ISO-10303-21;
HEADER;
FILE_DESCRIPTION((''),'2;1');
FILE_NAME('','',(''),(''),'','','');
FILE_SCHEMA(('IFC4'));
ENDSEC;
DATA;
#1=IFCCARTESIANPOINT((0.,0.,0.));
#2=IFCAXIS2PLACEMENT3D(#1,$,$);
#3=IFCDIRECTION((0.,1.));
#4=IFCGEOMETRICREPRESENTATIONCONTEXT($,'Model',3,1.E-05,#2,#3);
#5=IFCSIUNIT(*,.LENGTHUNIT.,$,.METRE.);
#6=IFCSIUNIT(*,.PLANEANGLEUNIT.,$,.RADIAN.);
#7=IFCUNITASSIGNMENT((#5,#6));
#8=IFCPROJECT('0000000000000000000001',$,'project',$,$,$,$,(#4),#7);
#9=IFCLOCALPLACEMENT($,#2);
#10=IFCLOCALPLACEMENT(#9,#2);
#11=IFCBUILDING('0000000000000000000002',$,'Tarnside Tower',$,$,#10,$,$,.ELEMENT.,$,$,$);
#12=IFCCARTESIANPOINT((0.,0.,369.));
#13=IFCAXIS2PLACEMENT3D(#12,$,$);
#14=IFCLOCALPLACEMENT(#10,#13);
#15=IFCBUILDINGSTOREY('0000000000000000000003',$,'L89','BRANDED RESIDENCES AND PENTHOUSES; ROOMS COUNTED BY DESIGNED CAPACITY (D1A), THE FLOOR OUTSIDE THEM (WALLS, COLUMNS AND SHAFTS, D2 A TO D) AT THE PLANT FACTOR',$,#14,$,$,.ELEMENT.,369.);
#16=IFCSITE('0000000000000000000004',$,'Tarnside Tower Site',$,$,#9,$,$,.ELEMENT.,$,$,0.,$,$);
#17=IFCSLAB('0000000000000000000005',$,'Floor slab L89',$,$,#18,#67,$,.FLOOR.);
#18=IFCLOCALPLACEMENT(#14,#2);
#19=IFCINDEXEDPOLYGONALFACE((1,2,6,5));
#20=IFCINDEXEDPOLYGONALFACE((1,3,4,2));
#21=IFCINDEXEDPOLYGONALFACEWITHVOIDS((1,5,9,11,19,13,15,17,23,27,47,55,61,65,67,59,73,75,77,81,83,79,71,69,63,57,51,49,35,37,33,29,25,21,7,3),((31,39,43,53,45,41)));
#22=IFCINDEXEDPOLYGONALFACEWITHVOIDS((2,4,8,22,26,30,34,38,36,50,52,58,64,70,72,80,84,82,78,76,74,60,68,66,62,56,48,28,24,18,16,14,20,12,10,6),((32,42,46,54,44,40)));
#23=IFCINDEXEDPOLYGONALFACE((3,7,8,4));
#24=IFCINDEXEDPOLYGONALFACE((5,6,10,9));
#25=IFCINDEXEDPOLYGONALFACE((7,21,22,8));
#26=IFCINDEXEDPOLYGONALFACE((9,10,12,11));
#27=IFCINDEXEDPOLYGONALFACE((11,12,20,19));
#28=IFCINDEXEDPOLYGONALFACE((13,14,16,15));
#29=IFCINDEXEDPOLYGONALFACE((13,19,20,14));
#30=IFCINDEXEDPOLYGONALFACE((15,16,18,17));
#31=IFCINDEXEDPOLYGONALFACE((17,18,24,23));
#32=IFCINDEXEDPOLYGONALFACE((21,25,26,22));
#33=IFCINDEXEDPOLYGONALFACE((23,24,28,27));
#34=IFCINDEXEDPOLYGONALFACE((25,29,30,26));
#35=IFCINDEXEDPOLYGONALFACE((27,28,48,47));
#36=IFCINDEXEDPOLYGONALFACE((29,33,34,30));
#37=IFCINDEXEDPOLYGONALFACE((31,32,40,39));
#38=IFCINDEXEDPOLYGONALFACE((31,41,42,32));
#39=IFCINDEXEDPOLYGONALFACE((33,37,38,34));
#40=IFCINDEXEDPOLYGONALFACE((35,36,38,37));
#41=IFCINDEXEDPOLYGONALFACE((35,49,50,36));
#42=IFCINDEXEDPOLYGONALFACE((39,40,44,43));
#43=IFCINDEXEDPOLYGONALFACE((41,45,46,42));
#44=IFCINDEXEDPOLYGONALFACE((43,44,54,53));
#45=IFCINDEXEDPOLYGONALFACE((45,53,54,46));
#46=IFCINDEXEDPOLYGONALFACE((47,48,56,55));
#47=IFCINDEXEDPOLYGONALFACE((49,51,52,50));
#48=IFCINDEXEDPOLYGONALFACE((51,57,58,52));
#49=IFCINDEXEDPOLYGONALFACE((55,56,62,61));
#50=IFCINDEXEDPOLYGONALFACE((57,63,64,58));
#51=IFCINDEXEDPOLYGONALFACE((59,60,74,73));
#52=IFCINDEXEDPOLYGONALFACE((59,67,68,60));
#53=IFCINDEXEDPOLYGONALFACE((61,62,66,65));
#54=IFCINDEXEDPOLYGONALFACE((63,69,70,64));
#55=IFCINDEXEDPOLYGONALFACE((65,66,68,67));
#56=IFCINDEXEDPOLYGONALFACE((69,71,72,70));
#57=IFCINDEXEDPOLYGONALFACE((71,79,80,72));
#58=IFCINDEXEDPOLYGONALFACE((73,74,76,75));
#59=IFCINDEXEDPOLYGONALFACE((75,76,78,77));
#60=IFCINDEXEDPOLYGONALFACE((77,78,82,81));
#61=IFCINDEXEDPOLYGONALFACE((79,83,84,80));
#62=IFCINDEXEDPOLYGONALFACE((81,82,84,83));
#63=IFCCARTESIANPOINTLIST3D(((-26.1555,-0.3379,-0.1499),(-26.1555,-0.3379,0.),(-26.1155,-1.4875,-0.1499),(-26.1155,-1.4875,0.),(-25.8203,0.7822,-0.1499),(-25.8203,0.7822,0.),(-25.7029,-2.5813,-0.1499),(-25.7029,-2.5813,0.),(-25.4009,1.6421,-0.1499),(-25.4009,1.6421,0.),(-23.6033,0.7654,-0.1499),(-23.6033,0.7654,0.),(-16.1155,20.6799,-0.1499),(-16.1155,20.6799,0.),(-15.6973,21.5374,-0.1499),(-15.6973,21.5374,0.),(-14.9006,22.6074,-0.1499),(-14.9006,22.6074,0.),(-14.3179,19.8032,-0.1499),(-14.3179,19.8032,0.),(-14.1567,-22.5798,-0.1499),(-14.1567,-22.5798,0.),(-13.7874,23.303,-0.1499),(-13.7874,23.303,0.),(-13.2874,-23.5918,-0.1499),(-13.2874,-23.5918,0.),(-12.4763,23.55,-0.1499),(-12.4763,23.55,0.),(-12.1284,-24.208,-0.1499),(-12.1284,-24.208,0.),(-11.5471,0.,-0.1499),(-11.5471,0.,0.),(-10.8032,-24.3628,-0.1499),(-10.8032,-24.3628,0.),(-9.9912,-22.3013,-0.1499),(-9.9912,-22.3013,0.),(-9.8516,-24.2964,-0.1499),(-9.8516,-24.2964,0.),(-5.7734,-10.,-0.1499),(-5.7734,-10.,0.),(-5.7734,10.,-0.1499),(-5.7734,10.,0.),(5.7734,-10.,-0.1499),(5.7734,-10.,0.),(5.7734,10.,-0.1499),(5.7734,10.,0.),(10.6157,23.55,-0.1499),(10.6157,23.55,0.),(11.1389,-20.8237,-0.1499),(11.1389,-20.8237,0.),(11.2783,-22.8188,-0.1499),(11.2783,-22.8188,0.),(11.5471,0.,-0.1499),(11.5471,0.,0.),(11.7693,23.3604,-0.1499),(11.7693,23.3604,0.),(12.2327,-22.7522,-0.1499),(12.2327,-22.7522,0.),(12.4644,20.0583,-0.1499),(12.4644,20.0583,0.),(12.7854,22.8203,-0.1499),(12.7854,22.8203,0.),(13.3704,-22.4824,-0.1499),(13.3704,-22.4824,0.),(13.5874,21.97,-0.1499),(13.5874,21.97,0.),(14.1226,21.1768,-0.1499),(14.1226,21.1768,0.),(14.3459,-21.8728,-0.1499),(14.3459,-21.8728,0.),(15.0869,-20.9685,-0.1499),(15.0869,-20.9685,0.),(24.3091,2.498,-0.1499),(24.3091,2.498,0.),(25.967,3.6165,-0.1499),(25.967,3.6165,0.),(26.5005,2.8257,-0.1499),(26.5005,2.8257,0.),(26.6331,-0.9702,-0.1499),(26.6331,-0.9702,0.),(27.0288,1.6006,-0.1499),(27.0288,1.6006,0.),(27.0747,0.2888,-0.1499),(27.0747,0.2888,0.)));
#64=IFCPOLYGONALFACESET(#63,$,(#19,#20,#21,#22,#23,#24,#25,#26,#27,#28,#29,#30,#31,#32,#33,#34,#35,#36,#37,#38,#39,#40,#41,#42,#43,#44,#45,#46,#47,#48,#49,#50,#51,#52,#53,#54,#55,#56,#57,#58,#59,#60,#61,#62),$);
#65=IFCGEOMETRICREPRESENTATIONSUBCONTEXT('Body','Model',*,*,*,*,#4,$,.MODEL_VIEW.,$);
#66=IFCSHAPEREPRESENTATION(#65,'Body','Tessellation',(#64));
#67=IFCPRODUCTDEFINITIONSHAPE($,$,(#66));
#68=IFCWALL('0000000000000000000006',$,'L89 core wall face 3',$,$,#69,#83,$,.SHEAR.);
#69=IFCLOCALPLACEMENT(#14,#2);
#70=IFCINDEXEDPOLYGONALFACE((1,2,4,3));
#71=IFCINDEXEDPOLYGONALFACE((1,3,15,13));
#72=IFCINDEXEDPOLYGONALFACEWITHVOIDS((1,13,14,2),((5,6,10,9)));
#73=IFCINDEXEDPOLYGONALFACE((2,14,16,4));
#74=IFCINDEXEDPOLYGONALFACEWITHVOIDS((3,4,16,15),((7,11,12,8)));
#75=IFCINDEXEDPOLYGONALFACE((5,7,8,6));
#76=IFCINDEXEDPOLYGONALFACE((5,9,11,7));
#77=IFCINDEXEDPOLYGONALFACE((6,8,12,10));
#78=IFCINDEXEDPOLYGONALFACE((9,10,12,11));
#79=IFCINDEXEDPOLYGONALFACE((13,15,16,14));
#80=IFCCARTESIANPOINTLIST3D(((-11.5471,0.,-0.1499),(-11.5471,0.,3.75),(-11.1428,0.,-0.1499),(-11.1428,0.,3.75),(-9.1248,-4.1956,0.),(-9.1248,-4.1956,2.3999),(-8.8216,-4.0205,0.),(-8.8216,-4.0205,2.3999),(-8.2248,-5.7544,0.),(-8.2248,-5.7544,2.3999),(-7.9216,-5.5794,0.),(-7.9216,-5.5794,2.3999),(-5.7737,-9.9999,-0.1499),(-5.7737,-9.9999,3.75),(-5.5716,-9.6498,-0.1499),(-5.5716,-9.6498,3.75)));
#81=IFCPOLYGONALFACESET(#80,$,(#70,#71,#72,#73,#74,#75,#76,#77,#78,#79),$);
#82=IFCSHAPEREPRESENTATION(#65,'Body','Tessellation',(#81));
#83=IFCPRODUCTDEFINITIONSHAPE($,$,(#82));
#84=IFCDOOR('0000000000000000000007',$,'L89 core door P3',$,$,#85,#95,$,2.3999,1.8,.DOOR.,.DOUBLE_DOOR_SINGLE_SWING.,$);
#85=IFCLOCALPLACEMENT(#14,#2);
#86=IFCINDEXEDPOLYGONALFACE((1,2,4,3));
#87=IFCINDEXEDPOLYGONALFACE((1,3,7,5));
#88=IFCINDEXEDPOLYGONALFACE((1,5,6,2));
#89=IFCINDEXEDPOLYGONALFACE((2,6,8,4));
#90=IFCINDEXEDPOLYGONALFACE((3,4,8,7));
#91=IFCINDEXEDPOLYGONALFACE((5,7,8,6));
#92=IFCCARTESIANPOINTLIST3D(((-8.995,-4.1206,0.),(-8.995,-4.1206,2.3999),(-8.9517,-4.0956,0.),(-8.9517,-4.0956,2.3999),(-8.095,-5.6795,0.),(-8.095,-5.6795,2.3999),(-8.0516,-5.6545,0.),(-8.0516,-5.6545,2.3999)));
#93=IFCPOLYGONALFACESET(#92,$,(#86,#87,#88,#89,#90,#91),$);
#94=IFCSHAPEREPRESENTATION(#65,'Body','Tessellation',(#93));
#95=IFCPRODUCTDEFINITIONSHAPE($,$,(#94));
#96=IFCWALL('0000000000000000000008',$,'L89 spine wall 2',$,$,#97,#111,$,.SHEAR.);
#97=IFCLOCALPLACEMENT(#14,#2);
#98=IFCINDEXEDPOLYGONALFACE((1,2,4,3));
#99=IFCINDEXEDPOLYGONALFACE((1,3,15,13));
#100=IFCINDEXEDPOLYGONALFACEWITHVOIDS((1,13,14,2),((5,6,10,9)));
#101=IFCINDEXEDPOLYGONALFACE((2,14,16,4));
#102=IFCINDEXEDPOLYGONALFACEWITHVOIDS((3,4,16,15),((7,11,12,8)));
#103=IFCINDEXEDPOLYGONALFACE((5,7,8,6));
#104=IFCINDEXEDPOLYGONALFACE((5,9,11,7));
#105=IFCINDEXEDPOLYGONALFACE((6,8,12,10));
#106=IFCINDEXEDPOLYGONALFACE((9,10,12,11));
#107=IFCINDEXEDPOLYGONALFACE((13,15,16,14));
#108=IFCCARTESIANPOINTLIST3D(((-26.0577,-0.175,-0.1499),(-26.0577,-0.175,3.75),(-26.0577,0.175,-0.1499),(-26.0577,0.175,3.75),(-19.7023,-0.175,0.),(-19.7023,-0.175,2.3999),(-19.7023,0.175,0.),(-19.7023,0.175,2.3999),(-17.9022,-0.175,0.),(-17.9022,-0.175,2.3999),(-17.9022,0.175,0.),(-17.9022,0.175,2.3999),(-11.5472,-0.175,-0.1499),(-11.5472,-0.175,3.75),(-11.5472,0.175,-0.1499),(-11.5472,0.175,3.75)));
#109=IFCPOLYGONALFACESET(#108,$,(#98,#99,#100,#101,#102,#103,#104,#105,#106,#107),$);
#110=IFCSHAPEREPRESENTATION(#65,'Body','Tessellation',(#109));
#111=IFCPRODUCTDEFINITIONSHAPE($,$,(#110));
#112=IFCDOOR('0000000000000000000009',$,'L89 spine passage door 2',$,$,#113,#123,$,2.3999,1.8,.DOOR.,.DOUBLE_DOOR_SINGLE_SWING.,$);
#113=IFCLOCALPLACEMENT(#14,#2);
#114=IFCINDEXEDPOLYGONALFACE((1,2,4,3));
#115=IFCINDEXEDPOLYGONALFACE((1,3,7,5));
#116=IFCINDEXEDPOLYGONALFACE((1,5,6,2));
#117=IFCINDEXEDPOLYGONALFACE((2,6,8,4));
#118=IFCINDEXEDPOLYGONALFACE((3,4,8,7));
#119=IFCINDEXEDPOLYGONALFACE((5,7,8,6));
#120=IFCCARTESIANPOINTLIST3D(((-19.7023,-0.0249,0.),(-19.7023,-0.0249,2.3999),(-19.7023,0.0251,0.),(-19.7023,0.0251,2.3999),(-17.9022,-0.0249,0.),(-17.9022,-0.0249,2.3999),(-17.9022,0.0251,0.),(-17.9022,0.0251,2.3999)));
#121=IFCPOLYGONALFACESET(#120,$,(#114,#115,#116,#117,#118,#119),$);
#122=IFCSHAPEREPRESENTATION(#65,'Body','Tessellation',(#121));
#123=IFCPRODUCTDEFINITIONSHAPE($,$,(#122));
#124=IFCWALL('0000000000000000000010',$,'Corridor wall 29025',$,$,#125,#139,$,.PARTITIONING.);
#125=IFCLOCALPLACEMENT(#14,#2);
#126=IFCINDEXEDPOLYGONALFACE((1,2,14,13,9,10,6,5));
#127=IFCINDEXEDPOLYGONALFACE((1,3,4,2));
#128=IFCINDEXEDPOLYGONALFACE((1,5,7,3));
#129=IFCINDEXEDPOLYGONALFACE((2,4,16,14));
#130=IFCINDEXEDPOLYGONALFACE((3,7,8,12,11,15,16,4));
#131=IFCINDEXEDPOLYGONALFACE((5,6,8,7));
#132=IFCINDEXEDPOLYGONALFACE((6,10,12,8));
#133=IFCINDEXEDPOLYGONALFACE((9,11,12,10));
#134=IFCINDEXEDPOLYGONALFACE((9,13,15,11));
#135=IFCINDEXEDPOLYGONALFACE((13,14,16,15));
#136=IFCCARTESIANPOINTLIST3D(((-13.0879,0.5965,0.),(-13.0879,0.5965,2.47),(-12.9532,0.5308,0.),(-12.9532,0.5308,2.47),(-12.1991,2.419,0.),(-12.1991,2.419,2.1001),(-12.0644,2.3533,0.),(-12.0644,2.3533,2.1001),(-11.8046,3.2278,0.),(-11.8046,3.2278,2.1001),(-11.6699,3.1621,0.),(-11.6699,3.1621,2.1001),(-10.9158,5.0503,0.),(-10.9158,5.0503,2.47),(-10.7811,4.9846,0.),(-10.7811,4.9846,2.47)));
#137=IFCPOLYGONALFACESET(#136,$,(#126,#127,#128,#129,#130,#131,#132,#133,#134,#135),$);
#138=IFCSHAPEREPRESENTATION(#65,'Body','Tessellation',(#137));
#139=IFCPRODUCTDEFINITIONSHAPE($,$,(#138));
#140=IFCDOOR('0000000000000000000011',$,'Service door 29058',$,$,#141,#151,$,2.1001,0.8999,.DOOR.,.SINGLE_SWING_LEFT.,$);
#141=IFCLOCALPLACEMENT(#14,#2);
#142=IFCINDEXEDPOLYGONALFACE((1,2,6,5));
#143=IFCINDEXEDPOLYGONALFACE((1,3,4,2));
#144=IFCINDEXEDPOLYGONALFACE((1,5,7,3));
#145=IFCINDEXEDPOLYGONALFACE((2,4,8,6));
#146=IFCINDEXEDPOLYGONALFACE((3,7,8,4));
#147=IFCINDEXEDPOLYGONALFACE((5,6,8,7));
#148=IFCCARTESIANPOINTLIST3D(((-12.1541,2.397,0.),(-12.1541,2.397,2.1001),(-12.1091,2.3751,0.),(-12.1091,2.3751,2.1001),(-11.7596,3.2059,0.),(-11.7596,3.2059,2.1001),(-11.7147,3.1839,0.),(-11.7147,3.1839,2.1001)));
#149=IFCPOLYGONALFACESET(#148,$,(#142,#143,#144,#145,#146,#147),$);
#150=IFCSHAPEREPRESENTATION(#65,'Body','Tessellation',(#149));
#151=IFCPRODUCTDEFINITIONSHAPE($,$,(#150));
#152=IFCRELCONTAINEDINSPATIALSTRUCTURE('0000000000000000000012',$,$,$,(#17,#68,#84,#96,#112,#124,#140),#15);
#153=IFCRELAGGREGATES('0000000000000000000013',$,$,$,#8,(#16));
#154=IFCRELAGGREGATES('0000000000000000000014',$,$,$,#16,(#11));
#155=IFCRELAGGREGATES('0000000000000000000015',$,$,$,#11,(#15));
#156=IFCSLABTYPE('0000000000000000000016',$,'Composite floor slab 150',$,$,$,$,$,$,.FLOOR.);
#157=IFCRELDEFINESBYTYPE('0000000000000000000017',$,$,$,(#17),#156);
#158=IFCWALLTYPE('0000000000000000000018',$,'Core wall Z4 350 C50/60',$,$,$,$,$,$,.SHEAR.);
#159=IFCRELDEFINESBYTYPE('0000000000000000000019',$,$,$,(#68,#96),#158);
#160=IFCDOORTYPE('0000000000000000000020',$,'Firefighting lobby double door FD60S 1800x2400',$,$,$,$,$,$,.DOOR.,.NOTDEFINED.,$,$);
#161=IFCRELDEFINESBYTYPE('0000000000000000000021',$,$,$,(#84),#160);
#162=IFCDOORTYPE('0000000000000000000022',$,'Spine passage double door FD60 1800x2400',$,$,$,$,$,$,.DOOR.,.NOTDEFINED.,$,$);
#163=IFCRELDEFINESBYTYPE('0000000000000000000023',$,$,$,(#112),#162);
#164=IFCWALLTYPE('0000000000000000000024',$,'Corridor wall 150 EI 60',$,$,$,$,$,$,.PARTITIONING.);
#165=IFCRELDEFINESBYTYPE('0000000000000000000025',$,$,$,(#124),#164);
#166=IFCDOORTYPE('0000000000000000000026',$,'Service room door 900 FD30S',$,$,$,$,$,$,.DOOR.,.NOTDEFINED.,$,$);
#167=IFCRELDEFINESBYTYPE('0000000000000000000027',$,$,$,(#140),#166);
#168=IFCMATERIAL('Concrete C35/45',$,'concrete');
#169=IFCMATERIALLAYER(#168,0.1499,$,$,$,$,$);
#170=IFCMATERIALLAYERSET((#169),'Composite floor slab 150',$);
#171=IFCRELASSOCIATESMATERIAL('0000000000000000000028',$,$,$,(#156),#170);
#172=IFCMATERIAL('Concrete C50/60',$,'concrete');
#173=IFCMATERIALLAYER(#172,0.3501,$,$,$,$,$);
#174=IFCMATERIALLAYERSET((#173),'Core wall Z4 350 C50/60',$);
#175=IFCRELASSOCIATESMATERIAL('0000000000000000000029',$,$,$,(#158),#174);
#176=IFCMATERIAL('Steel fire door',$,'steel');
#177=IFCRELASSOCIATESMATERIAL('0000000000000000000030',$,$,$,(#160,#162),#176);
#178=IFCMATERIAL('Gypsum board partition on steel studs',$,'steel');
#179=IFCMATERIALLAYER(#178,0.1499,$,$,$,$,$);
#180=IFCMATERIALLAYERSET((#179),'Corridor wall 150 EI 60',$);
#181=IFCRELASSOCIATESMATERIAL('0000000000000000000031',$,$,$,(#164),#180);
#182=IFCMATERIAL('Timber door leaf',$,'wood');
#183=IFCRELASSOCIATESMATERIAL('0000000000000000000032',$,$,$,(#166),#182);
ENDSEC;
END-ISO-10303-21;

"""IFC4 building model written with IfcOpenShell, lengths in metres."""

from ifc_helpers import new_model, si_unit, direction, frame, frame_2d, origin, place, context, subcontext, project, spatial, polyline, rectangle, outline, extrude, material, layer, layer_set, type_object, element, fill, save


model = new_model("IFC4")

# Units and contexts
model_context = context("Model", 3, precision=1e-05, world=origin(), true_north=direction((0.0, 1.0)))
body_context = subcontext(model_context, "Body", "Model", "MODEL_VIEW")
ifc_project = project(units=[si_unit("LENGTHUNIT", "METRE"), si_unit("PLANEANGLEUNIT", "RADIAN")], contexts=[model_context])

# Site, building, storey
site_placement = place(None, origin())
site = spatial("IfcSite", under=ifc_project, at=site_placement, Name="Tarnside Tower Site", CompositionType="ELEMENT", RefElevation=0.0)
building_placement = place(site_placement, origin())
building = spatial("IfcBuilding", under=site, at=building_placement, Name="Tarnside Tower", CompositionType="ELEMENT")
storey_placement = place(building_placement, frame((0.0, 0.0, 369.0)))
storey = spatial("IfcBuildingStorey", under=building, at=storey_placement, Name="L89", Description="BRANDED RESIDENCES AND PENTHOUSES; ROOMS COUNTED BY DESIGNED CAPACITY (D1A), THE FLOOR OUTSIDE THEM (WALLS, COLUMNS AND SHAFTS, D2 A TO D) AT THE PLANT FACTOR", CompositionType="ELEMENT", Elevation=369.0)

# Slab
ifc_material_1 = material(Name="Concrete C35/45", Category="concrete")
ifc_layer_1 = layer(ifc_material_1, 0.1499)
ifc_layer_set_1 = layer_set([ifc_layer_1], Name="Composite floor slab 150")
slab_type = type_object("IfcSlabType", Name="Composite floor slab 150", PredefinedType="FLOOR", material=ifc_layer_set_1)
slab_placement = place(storey_placement, frame((0.0, 0.0, -0.1499)))
element("IfcSlab", 1, at=slab_placement, inside=storey, type_object=slab_type, Name="Floor slab L89", PredefinedType="FLOOR", context=body_context, shape_type="SweptSolid", body=[
    extrude(outline(polyline([(11.7693, 23.3604), (12.7854, 22.8203), (13.5874, 21.97), (14.1226, 21.1768), (12.4644, 20.0583), (24.3091, 2.498), (25.967, 3.6165), (26.5005, 2.8257), (27.0288, 1.6006), (27.0747, 0.2888), (26.6331, -0.9702), (15.0869, -20.9685), (14.3459, -21.8728), (13.3704, -22.4824), (12.2327, -22.7522), (11.2783, -22.8188), (11.1389, -20.8237), (-9.9912, -22.3013), (-9.8516, -24.2964), (-10.8032, -24.3628), (-12.1284, -24.208), (-13.2874, -23.5918), (-14.1567, -22.5798), (-25.7029, -2.5813), (-26.1155, -1.4875), (-26.1555, -0.3379), (-25.8203, 0.7822), (-25.4009, 1.6421), (-23.6033, 0.7654), (-14.3179, 19.8032), (-16.1155, 20.6799), (-15.6973, 21.5374), (-14.9006, 22.6074), (-13.7874, 23.303), (-12.4763, 23.55), (10.6157, 23.55), (11.7693, 23.3604)]), holes=[polyline([(-11.5471, 0.0), (-5.7734, -10.0), (5.7734, -10.0), (11.5471, 0.0), (5.7734, 10.0), (-5.7734, 10.0), (-11.5471, 0.0)])]), origin(), (0.0, 0.0, 1.0), 0.1499),
])

# Walls, openings, doors
ifc_material_2 = material(Name="Concrete C50/60", Category="concrete")
ifc_layer_2 = layer(ifc_material_2, 0.3501)
ifc_layer_set_2 = layer_set([ifc_layer_2], Name="Core wall Z4 350 C50/60")
wall_type_1 = type_object("IfcWallType", Name="Core wall Z4 350 C50/60", PredefinedType="SHEAR", material=ifc_layer_set_2)
wall_1_placement = place(storey_placement, frame((-11.345, 0.0, -0.1499), z_axis=(0.0, 0.0, 1.0), x_axis=(0.499995, -0.866028, 0.0)))
wall_1 = element("IfcWall", 2, at=wall_1_placement, inside=storey, type_object=wall_type_1, Name="L89 core wall face 3", PredefinedType="SHEAR", context=body_context, shape_type="SweptSolid", body=[
    extrude(outline(polyline([(-0.1011, -0.175), (11.4458, -0.175), (11.2437, 0.175), (0.1011, 0.175), (-0.1011, -0.175)])), origin(), (0.0, 0.0, 1.0), 3.8999),
])
opening_1_placement = place(wall_1_placement, frame((4.7437, 0.0, 0.1499)))
opening_1 = element("IfcOpeningElement", 3, at=opening_1_placement, cuts=wall_1, PredefinedType="OPENING", context=body_context, shape_type="SweptSolid", body=[
    extrude(rectangle(XDim=1.8, YDim=2.3999, at=frame_2d((0.8999, 1.2))), frame((0.0, 0.1851, 0.0), z_axis=(0.0, -1.0, 0.0), x_axis=(1.0, 0.0, 0.0)), (0.0, 0.0, 1.0), 0.3701),
])
ifc_material_3 = material(Name="Steel fire door", Category="steel")
door_type_1 = type_object("IfcDoorType", Name="Firefighting lobby double door FD60S 1800x2400", OperationType="NOTDEFINED", PredefinedType="DOOR", material=ifc_material_3)
door_1_placement = place(opening_1_placement, origin())
door_1 = element("IfcDoor", 4, at=door_1_placement, inside=storey, type_object=door_type_1, Name="L89 core door P3", OperationType="DOUBLE_DOOR_SINGLE_SWING", OverallHeight=2.3999, OverallWidth=1.8, PredefinedType="DOOR", context=body_context, shape_type="SweptSolid", body=[
    extrude(rectangle(XDim=1.8, YDim=2.3999, at=frame_2d((0.8999, 1.2))), frame((0.0, 0.0249, 0.0), z_axis=(0.0, -1.0, 0.0), x_axis=(1.0, 0.0, 0.0)), (0.0, 0.0, 1.0), 0.05),
])
fill(opening_1, door_1)
wall_2_placement = place(storey_placement, frame((-11.5471, 0.0, -0.1499), z_axis=(0.0, 0.0, 1.0), x_axis=(-1.0, 0.0, 0.0)))
wall_2 = element("IfcWall", 5, at=wall_2_placement, inside=storey, type_object=wall_type_1, Name="L89 spine wall 2", PredefinedType="SHEAR", context=body_context, shape_type="SweptSolid", body=[
    extrude(rectangle(XDim=14.5105, YDim=0.3501, at=frame_2d((7.2554, 0.0))), origin(), (0.0, 0.0, 1.0), 3.8999),
])
opening_2_placement = place(wall_2_placement, frame((6.3552, 0.0, 0.1499)))
opening_2 = element("IfcOpeningElement", 6, at=opening_2_placement, cuts=wall_2, PredefinedType="OPENING", context=body_context, shape_type="SweptSolid", body=[
    extrude(rectangle(XDim=1.8, YDim=2.3999, at=frame_2d((0.8999, 1.2))), frame((0.0, 0.1851, 0.0), z_axis=(0.0, -1.0, 0.0), x_axis=(1.0, 0.0, 0.0)), (0.0, 0.0, 1.0), 0.3701),
])
door_type_2 = type_object("IfcDoorType", Name="Spine passage double door FD60 1800x2400", OperationType="NOTDEFINED", PredefinedType="DOOR", material=ifc_material_3)
door_2_placement = place(opening_2_placement, origin())
door_2 = element("IfcDoor", 7, at=door_2_placement, inside=storey, type_object=door_type_2, Name="L89 spine passage door 2", OperationType="DOUBLE_DOOR_SINGLE_SWING", OverallHeight=2.3999, OverallWidth=1.8, PredefinedType="DOOR", context=body_context, shape_type="SweptSolid", body=[
    extrude(rectangle(XDim=1.8, YDim=2.3999, at=frame_2d((0.8999, 1.2))), frame((0.0, 0.0249, 0.0), z_axis=(0.0, -1.0, 0.0), x_axis=(1.0, 0.0, 0.0)), (0.0, 0.0, 1.0), 0.05),
])
fill(opening_2, door_2)
ifc_material_4 = material(Name="Gypsum board partition on steel studs", Category="steel")
ifc_layer_3 = layer(ifc_material_4, 0.1499)
ifc_layer_set_3 = layer_set([ifc_layer_3], Name="Corridor wall 150 EI 60")
wall_type_2 = type_object("IfcWallType", Name="Corridor wall 150 EI 60", PredefinedType="PARTITIONING", material=ifc_layer_set_3)
wall_3_placement = place(storey_placement, frame((-13.0205, 0.5637, 0.0), z_axis=(0.0, 0.0, 1.0), x_axis=(0.438343, 0.898808, 0.0)))
wall_3 = element("IfcWall", 8, at=wall_3_placement, inside=storey, type_object=wall_type_2, Name="Corridor wall 29025", PredefinedType="PARTITIONING", context=body_context, shape_type="SweptSolid", body=[
    extrude(rectangle(XDim=4.9553, YDim=0.1499, at=frame_2d((2.4775, 0.0))), origin(), (0.0, 0.0, 1.0), 2.47),
])
opening_3_placement = place(wall_3_placement, frame((2.0276, 0.0, 0.0)))
opening_3 = element("IfcOpeningElement", 9, at=opening_3_placement, cuts=wall_3, PredefinedType="OPENING", context=body_context, shape_type="SweptSolid", body=[
    extrude(rectangle(XDim=0.8999, YDim=2.1001, at=frame_2d((0.45, 1.05))), frame((0.0, 0.085, 0.0), z_axis=(0.0, -1.0, 0.0), x_axis=(1.0, 0.0, 0.0)), (0.0, 0.0, 1.0), 0.1699),
])
ifc_material_5 = material(Name="Timber door leaf", Category="wood")
door_type_3 = type_object("IfcDoorType", Name="Service room door 900 FD30S", OperationType="NOTDEFINED", PredefinedType="DOOR", material=ifc_material_5)
door_3_placement = place(opening_3_placement, origin())
door_3 = element("IfcDoor", 10, at=door_3_placement, inside=storey, type_object=door_type_3, Name="Service door 29058", OperationType="SINGLE_SWING_LEFT", OverallHeight=2.1001, OverallWidth=0.8999, PredefinedType="DOOR", context=body_context, shape_type="SweptSolid", body=[
    extrude(rectangle(XDim=0.8999, YDim=2.1001, at=frame_2d((0.45, 1.05))), frame((0.0, 0.0249, 0.0), z_axis=(0.0, -1.0, 0.0), x_axis=(1.0, 0.0, 0.0)), (0.0, 0.0, 1.0), 0.05),
])
fill(opening_3, door_3)

save(model, "model.ifc")
